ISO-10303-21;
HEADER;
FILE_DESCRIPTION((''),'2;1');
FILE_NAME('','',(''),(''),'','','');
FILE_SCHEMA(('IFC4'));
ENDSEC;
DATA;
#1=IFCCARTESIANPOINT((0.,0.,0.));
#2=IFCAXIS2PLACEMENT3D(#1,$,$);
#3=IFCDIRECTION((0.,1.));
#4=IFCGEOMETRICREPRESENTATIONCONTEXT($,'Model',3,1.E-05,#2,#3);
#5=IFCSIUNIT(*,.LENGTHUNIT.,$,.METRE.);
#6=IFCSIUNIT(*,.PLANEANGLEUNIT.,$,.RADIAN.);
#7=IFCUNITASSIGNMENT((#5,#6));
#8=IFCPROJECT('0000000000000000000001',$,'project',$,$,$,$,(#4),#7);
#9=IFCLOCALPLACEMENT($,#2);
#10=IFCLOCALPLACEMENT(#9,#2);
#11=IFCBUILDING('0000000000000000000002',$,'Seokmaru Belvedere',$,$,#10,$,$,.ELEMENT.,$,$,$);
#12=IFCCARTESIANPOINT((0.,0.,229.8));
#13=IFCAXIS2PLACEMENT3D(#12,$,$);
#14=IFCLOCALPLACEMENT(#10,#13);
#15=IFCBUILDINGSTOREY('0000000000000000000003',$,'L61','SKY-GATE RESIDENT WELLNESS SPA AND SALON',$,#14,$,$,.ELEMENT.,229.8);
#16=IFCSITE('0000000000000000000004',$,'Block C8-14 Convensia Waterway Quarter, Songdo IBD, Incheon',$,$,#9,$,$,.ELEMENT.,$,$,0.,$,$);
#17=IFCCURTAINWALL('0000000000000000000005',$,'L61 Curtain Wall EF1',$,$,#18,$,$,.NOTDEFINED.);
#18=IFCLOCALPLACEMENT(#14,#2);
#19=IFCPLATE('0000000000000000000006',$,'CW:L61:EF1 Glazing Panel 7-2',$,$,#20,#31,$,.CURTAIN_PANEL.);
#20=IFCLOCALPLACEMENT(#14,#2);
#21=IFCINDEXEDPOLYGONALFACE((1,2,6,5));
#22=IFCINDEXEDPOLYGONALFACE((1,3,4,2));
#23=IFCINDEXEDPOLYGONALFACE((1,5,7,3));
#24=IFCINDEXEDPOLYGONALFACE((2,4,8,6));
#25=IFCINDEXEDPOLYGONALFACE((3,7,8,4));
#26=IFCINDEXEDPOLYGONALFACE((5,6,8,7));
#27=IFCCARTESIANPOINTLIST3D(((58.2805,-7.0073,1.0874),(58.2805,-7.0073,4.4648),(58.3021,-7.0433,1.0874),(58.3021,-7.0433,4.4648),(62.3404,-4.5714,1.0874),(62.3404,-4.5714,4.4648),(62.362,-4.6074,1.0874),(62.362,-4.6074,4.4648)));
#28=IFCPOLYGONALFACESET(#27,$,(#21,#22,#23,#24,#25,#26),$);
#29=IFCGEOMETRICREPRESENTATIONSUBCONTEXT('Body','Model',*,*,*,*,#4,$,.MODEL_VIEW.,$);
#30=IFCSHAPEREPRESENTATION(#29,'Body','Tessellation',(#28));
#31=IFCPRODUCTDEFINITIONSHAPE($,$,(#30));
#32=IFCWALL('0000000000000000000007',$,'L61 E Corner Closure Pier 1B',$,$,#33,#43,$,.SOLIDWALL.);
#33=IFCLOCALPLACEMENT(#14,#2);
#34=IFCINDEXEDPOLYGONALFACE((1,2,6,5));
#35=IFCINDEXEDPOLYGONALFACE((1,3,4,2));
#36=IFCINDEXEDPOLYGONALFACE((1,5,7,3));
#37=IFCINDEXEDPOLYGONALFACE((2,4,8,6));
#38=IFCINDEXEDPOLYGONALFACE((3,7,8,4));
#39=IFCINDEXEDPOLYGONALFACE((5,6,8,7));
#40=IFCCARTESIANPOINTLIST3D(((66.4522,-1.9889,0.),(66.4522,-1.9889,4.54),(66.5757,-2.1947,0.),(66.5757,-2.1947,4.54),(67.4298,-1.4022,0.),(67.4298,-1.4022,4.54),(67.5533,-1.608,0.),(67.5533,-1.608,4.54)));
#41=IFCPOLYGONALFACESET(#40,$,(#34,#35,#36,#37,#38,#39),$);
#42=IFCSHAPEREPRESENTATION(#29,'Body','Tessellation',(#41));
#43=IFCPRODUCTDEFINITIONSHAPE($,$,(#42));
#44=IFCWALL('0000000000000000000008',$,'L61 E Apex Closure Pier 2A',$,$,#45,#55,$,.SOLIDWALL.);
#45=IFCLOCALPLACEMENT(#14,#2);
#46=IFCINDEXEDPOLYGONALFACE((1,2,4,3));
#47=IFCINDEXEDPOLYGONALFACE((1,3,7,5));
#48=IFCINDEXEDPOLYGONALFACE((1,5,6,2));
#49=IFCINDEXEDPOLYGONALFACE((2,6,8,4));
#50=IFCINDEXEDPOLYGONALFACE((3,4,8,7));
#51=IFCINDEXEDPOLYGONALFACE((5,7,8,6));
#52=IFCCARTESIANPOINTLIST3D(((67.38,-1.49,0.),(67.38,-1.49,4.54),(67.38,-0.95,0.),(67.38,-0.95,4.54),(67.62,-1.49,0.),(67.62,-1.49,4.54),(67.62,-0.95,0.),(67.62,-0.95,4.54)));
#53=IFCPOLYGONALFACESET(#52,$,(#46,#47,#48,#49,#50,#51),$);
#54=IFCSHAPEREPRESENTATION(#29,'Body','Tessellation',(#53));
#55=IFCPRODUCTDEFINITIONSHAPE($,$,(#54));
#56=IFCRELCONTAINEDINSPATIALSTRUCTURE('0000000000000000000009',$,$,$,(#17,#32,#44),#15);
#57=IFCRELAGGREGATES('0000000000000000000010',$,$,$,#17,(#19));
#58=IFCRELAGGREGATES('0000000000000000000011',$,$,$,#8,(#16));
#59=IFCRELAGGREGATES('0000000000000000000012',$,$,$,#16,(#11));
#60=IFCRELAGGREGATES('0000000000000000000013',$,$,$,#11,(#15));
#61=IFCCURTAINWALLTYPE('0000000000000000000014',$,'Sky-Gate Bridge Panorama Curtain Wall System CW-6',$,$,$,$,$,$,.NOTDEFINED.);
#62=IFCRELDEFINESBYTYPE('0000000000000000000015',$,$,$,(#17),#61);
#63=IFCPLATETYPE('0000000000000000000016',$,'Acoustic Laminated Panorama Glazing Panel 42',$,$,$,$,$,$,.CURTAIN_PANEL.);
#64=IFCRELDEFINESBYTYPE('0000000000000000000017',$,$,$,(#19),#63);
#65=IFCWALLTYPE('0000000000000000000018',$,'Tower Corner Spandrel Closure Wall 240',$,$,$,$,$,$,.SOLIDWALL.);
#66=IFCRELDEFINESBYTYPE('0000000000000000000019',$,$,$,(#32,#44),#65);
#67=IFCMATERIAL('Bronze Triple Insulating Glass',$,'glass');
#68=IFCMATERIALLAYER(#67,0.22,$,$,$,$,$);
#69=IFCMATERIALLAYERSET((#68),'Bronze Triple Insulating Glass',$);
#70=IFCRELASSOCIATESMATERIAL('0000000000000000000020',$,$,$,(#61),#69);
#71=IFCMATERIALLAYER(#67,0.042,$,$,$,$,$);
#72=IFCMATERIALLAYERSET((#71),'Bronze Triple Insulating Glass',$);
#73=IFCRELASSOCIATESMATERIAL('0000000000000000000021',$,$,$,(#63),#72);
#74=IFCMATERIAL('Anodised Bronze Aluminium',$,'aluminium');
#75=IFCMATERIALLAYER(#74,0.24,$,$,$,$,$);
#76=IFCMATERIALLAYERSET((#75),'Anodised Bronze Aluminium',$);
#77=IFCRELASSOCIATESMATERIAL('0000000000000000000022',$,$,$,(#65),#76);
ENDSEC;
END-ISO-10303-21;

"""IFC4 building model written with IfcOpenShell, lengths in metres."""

from ifc_helpers import new_model, si_unit, direction, frame, frame_2d, origin, origin_2d, place, context, subcontext, project, spatial, rectangle, extrude, source, transform, mapped, material, layer, layer_set, type_object, element, aggregate, save


model = new_model("IFC4")

# Units and contexts
model_context = context("Model", 3, precision=1e-05, world=origin(), true_north=direction((0.0, 1.0)))
body_context = subcontext(model_context, "Body", "Model", "MODEL_VIEW")
ifc_project = project(units=[si_unit("LENGTHUNIT", "METRE"), si_unit("PLANEANGLEUNIT", "RADIAN")], contexts=[model_context])

# Site, building, storey
site_placement = place(None, origin())
site = spatial("IfcSite", under=ifc_project, at=site_placement, Name="Block C8-14 Convensia Waterway Quarter, Songdo IBD, Incheon", CompositionType="ELEMENT", RefElevation=0.0)
building_placement = place(site_placement, origin())
building = spatial("IfcBuilding", under=site, at=building_placement, Name="Seokmaru Belvedere", CompositionType="ELEMENT")
storey_placement = place(building_placement, frame((0.0, 0.0, 229.8)))
storey = spatial("IfcBuildingStorey", under=building, at=storey_placement, Name="L61", Description="SKY-GATE RESIDENT WELLNESS SPA AND SALON", CompositionType="ELEMENT", Elevation=229.8)

# Curtain wall
ifc_material_1 = material(Name="Bronze Triple Insulating Glass", Category="glass")
ifc_layer_1 = layer(ifc_material_1, 0.22)
ifc_layer_set_1 = layer_set([ifc_layer_1], Name="Bronze Triple Insulating Glass")
curtain_wall_type = type_object("IfcCurtainWallType", Name="Sky-Gate Bridge Panorama Curtain Wall System CW-6", PredefinedType="NOTDEFINED", material=ifc_layer_set_1)
curtain_wall_1_placement = place(storey_placement, origin())
curtain_wall_1 = element("IfcCurtainWall", 1, at=curtain_wall_1_placement, inside=storey, type_object=curtain_wall_type, Name="L61 Curtain Wall EF1", PredefinedType="NOTDEFINED")
ifc_material_2 = material(Name="Anodised Bronze Aluminium", Category="aluminium")

# Plate
ifc_layer_2 = layer(ifc_material_1, 0.042)
ifc_layer_set_2 = layer_set([ifc_layer_2], Name="Bronze Triple Insulating Glass")
plate_type_1 = type_object("IfcPlateType", Name="Acoustic Laminated Panorama Glazing Panel 42", PredefinedType="CURTAIN_PANEL", material=ifc_layer_set_2)
shared_shape_1 = source(origin(), body_context, "Body", "SweptSolid", [
    extrude(rectangle(XDim=4.7346, YDim=0.042, at=origin_2d()), origin(), (0.0, 0.0, 1.0), 3.3774),
])
plate_1_placement = place(storey_placement, frame((60.3213, -5.8074, 1.0874), z_axis=(0.0, 0.0, 1.0), x_axis=(0.857493, 0.514495, 0.0)))
plate_1 = element("IfcPlate", 2, at=plate_1_placement, type_object=plate_type_1, Name="CW:L61:EF1 Glazing Panel 7-2", PredefinedType="CURTAIN_PANEL", context=body_context, shape_type="MappedRepresentation", body=[
    mapped(shared_shape_1, transform((0.0, 0.0, 0.0), scale=1.0)),
])
aggregate(curtain_wall_1, [plate_1])

# Walls
ifc_layer_3 = layer(ifc_material_2, 0.24)
ifc_layer_set_3 = layer_set([ifc_layer_3], Name="Anodised Bronze Aluminium")
wall_type = type_object("IfcWallType", Name="Tower Corner Spandrel Closure Wall 240", PredefinedType="SOLIDWALL", material=ifc_layer_set_3)
wall_1_placement = place(storey_placement, frame((66.5139, -2.0918, 0.0), z_axis=(0.0, 0.0, 1.0), x_axis=(0.857436, 0.51459, 0.0)))
element("IfcWall", 3, at=wall_1_placement, inside=storey, type_object=wall_type, Name="L61 E Corner Closure Pier 1B", PredefinedType="SOLIDWALL", context=body_context, shape_type="SweptSolid", body=[
    extrude(rectangle(XDim=1.1401, YDim=0.24, at=frame_2d((0.5701, 0.0))), origin(), (0.0, 0.0, 1.0), 4.54),
])
wall_2_placement = place(storey_placement, frame((67.5, -1.49, 0.0), z_axis=(0.0, 0.0, 1.0), x_axis=(0.0, 1.0, 0.0)))
element("IfcWall", 4, at=wall_2_placement, inside=storey, type_object=wall_type, Name="L61 E Apex Closure Pier 2A", PredefinedType="SOLIDWALL", context=body_context, shape_type="SweptSolid", body=[
    extrude(rectangle(XDim=0.54, YDim=0.24, at=frame_2d((0.27, 0.0))), origin(), (0.0, 0.0, 1.0), 4.54),
])

save(model, "model.ifc")
